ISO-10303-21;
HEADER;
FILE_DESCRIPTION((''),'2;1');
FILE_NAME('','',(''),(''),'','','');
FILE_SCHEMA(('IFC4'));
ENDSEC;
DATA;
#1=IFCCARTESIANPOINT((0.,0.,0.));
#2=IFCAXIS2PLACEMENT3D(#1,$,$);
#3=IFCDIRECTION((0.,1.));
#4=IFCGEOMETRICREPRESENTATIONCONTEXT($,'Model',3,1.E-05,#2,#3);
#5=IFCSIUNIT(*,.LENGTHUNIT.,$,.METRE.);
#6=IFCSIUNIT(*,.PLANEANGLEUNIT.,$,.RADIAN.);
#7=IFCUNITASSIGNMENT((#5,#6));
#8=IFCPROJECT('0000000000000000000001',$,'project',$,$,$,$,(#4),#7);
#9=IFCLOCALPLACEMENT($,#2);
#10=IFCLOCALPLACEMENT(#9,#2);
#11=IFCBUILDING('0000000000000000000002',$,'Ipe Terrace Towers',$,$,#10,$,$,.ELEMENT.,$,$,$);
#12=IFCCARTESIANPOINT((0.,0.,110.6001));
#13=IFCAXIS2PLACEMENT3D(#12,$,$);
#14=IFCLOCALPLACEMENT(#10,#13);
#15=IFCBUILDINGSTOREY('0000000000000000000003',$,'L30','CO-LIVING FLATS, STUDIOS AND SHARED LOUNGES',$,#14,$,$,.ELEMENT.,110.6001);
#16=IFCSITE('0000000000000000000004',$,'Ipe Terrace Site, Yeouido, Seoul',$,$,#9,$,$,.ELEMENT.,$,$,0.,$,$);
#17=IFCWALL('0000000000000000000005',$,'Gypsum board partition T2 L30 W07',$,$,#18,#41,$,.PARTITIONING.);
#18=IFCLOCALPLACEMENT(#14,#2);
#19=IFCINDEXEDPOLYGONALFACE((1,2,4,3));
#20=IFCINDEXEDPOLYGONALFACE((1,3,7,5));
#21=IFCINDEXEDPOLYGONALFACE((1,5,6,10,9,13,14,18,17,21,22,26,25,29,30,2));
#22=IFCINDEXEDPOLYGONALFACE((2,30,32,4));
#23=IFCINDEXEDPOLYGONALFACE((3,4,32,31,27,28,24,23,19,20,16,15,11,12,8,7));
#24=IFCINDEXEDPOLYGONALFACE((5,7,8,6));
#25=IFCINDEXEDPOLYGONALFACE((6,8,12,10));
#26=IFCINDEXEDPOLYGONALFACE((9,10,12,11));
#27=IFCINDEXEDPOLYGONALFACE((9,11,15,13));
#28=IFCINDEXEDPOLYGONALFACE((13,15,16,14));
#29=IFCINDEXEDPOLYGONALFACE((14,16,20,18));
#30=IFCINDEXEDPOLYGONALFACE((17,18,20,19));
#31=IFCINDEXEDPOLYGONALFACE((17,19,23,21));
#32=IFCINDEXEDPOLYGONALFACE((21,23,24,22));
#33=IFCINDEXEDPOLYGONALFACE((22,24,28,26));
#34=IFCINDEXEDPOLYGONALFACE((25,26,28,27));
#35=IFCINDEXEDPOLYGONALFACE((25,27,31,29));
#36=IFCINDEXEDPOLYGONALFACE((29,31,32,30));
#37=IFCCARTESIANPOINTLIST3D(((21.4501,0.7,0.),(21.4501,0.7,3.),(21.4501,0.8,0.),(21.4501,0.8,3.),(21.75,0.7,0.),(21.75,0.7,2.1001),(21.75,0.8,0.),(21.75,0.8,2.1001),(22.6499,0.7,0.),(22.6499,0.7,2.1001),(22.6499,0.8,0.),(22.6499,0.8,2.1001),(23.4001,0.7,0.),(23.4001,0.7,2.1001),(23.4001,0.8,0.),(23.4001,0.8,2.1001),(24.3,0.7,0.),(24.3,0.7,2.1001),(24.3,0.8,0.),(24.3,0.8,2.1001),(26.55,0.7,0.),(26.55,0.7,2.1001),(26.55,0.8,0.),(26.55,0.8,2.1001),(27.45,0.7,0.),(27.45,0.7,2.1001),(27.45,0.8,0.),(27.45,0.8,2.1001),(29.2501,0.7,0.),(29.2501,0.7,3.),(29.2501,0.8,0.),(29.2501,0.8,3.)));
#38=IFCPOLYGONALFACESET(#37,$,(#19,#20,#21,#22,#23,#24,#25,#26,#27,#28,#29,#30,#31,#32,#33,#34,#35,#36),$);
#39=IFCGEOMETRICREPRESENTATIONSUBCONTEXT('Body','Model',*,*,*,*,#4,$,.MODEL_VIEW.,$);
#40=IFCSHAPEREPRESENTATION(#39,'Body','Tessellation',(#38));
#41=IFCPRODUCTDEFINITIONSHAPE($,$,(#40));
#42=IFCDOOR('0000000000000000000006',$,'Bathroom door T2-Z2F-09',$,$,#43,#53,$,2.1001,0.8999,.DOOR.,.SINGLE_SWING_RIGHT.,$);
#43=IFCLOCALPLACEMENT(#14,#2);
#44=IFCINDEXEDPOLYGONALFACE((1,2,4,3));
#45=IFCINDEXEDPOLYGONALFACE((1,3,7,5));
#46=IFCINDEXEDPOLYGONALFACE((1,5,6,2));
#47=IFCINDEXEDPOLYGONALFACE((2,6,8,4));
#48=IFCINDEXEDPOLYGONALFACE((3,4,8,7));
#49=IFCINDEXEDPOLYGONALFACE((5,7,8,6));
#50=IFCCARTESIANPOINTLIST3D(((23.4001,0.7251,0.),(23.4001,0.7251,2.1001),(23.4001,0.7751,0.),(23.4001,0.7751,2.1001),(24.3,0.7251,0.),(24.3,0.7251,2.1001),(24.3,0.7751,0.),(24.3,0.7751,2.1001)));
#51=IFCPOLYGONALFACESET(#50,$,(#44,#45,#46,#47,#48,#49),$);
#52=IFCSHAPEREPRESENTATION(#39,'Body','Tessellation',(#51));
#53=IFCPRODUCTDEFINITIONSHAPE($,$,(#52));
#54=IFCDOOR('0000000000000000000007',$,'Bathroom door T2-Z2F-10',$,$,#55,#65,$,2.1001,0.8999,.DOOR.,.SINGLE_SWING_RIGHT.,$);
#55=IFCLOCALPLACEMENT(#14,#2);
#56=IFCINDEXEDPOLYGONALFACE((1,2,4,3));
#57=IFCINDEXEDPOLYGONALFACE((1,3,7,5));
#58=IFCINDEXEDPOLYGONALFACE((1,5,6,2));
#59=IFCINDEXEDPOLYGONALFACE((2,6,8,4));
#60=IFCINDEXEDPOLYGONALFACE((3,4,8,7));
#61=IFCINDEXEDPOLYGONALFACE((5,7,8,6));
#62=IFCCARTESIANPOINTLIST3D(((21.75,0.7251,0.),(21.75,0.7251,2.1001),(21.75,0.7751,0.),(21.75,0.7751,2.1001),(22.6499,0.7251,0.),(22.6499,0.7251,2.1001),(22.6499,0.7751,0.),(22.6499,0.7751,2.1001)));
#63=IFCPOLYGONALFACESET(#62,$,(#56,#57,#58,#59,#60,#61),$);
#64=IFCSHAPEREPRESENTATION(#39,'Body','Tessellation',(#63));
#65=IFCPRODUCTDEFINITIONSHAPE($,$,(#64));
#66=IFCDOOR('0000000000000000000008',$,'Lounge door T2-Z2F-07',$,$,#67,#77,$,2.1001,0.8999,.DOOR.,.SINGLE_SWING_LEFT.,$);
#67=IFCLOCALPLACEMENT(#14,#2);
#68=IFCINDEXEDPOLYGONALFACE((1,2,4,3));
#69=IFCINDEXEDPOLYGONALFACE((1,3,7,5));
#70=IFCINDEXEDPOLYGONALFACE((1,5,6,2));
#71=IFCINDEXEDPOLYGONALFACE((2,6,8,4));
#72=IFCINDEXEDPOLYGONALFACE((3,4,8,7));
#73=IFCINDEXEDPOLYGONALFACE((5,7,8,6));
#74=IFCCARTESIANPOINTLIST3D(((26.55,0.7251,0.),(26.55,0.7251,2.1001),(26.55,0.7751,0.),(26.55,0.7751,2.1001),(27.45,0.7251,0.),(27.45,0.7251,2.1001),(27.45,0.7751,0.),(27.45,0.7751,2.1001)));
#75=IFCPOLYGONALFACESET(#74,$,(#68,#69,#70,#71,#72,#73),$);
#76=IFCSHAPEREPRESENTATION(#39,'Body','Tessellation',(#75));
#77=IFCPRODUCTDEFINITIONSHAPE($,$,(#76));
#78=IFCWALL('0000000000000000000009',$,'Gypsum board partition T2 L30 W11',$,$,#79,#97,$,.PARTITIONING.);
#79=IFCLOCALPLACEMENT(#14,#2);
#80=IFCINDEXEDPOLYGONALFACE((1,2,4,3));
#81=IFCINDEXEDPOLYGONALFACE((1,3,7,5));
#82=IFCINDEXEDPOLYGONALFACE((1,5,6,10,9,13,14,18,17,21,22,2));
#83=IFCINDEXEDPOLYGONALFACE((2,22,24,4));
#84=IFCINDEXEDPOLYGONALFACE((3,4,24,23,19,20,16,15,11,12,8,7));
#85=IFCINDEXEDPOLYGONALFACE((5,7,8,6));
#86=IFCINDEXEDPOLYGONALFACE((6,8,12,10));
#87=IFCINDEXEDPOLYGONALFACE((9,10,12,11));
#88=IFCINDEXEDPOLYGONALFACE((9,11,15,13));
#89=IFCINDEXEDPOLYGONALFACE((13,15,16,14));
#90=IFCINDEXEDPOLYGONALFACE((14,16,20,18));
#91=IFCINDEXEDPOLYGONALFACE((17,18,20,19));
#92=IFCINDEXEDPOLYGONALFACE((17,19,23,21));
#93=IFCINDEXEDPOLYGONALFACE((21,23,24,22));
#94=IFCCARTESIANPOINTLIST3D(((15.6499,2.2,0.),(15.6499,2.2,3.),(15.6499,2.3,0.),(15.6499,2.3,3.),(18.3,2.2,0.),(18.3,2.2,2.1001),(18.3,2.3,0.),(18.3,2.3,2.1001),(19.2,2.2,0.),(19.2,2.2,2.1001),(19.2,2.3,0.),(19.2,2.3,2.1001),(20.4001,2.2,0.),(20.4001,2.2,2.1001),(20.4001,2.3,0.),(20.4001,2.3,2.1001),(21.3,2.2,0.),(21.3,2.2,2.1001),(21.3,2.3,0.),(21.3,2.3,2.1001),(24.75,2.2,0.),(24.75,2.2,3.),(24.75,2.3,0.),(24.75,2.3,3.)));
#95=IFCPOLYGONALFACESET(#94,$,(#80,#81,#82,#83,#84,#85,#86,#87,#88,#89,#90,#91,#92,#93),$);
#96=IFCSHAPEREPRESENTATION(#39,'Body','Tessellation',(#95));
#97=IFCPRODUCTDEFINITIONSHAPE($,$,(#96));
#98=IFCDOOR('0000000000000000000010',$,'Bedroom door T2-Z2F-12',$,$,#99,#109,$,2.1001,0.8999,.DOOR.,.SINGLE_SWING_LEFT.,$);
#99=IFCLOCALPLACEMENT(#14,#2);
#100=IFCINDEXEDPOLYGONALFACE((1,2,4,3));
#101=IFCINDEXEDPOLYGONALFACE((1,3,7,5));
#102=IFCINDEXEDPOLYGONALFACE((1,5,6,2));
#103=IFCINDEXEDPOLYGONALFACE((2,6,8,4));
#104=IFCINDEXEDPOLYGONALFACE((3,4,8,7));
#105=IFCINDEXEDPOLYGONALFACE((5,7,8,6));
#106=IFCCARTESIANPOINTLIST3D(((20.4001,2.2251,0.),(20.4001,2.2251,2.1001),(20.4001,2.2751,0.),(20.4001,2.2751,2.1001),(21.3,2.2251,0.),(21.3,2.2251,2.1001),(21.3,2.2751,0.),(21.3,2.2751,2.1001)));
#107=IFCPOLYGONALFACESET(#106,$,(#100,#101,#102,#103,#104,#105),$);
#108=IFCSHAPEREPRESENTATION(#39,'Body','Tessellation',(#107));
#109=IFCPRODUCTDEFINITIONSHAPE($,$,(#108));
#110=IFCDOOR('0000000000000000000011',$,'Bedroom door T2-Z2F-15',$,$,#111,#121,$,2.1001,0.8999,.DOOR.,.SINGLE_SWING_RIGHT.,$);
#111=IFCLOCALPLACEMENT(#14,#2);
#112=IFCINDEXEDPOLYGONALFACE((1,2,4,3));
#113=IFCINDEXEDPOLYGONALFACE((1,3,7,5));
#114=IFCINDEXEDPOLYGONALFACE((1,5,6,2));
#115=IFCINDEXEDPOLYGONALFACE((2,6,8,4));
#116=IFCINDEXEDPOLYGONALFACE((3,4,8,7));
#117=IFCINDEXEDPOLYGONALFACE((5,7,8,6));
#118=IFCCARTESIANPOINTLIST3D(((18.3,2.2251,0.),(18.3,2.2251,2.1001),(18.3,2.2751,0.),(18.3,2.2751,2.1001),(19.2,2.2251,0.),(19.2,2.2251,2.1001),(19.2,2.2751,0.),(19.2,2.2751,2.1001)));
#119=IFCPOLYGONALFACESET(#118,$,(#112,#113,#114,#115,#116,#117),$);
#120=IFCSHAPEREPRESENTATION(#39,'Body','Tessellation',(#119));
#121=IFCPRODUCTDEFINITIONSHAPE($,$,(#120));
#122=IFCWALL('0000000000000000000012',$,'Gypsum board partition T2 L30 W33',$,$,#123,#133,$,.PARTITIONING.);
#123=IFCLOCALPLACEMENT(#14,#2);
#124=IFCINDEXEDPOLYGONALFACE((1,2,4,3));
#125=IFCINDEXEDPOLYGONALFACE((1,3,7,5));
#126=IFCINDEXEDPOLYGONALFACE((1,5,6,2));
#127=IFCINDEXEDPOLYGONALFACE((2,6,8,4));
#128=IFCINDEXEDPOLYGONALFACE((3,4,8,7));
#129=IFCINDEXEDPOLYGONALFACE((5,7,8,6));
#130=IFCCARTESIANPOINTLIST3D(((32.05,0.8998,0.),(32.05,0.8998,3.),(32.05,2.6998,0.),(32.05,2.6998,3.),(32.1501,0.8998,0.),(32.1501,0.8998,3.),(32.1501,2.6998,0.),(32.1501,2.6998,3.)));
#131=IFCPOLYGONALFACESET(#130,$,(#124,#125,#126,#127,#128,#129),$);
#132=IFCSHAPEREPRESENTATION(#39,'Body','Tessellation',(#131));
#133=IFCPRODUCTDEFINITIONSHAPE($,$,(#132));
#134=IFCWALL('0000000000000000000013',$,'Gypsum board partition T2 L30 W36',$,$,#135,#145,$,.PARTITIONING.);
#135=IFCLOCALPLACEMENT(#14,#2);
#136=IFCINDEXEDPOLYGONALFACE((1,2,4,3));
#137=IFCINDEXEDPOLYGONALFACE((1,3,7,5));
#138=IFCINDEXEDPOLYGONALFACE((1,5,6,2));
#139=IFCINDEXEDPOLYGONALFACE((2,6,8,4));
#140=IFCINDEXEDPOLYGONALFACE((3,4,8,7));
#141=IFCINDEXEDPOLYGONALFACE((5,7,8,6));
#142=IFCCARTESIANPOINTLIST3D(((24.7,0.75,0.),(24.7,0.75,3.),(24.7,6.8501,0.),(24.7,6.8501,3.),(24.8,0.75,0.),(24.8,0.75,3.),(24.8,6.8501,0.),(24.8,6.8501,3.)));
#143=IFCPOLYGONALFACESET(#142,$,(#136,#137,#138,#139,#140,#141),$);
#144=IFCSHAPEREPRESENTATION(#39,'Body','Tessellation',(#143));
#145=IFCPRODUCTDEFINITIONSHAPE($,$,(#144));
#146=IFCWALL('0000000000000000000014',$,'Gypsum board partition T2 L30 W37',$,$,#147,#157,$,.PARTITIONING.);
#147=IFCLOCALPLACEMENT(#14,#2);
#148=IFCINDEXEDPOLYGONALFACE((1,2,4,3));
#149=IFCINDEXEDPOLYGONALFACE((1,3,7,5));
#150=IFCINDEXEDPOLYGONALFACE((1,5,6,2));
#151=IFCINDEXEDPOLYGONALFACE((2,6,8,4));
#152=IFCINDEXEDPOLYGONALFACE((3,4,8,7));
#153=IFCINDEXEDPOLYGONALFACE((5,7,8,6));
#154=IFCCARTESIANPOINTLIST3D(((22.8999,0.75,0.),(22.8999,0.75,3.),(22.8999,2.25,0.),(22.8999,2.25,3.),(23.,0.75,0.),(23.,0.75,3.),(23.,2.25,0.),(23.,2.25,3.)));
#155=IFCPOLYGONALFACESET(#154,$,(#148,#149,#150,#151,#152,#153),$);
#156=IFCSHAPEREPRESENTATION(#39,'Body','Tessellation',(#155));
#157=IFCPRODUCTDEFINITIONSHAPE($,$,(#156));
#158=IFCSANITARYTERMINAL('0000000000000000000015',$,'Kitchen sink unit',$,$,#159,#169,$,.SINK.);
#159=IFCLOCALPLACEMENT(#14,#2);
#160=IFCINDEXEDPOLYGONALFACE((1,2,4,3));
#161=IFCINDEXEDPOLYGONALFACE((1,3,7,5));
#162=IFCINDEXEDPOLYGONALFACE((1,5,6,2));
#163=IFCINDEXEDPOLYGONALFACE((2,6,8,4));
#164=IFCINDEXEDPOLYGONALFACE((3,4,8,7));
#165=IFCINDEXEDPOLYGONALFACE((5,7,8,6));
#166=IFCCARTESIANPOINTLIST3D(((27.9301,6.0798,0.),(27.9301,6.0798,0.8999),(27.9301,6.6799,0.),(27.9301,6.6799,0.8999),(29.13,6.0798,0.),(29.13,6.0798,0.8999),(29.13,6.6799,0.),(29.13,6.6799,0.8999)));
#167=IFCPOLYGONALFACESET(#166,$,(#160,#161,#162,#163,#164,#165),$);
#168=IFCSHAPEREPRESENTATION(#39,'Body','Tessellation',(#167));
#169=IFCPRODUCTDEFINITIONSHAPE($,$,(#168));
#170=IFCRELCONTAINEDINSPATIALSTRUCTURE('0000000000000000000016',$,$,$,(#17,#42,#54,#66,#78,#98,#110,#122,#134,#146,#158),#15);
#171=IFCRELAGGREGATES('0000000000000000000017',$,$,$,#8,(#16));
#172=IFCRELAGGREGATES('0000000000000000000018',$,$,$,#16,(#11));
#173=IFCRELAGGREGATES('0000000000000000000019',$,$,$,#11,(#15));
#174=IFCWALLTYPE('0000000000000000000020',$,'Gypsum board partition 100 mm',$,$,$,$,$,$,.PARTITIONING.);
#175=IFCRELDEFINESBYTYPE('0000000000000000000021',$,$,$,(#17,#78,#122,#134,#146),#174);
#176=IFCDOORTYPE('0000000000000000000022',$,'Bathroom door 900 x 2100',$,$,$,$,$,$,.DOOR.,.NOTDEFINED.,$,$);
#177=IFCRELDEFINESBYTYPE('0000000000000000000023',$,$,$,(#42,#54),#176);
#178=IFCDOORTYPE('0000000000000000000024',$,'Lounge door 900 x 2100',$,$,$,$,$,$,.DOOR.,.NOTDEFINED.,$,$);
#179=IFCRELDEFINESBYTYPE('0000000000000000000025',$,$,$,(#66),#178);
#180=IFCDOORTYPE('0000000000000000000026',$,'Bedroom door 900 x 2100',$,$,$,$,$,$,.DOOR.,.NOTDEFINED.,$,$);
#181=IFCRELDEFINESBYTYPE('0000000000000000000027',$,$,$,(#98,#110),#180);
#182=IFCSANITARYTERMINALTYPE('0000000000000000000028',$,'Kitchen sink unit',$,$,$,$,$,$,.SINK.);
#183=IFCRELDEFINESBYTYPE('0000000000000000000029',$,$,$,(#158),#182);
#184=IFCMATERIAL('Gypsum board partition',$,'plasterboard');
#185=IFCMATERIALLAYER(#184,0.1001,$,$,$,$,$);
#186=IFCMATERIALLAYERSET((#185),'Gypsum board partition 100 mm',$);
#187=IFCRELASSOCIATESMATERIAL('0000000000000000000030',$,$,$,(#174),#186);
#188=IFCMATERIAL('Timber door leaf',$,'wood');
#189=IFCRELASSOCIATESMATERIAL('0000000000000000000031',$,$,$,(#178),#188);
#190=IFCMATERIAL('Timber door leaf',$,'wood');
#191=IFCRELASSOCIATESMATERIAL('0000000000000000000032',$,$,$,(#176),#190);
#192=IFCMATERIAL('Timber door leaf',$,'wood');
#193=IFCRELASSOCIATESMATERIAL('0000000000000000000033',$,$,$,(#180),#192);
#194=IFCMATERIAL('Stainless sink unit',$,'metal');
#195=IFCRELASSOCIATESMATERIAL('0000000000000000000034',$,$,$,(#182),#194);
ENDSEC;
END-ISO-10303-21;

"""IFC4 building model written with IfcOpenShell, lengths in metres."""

from ifc_helpers import new_model, si_unit, direction, frame, frame_2d, origin, origin_2d, place, context, subcontext, project, spatial, rectangle, extrude, material, layer, layer_set, type_object, element, fill, save


model = new_model("IFC4")

# Units and contexts
model_context = context("Model", 3, precision=1e-05, world=origin(), true_north=direction((0.0, 1.0)))
body_context = subcontext(model_context, "Body", "Model", "MODEL_VIEW")
ifc_project = project(units=[si_unit("LENGTHUNIT", "METRE"), si_unit("PLANEANGLEUNIT", "RADIAN")], contexts=[model_context])

# Site, building, storey
site_placement = place(None, origin())
site = spatial("IfcSite", under=ifc_project, at=site_placement, Name="Ipe Terrace Site, Yeouido, Seoul", CompositionType="ELEMENT", RefElevation=0.0)
building_placement = place(site_placement, origin())
building = spatial("IfcBuilding", under=site, at=building_placement, Name="Ipe Terrace Towers", CompositionType="ELEMENT")
storey_placement = place(building_placement, frame((0.0, 0.0, 110.6001)))
storey = spatial("IfcBuildingStorey", under=building, at=storey_placement, Name="L30", Description="CO-LIVING FLATS, STUDIOS AND SHARED LOUNGES", CompositionType="ELEMENT", Elevation=110.6001)

# Shared definitions
ifc_material_1 = material(Name="Gypsum board partition", Category="plasterboard")
ifc_layer = layer(ifc_material_1, 0.1001)
ifc_layer_set = layer_set([ifc_layer], Name="Gypsum board partition 100 mm")
wall_type = type_object("IfcWallType", Name="Gypsum board partition 100 mm", PredefinedType="PARTITIONING", material=ifc_layer_set)
ifc_material_2 = material(Name="Timber door leaf", Category="wood")
door_type_1 = type_object("IfcDoorType", Name="Lounge door 900 x 2100", OperationType="NOTDEFINED", PredefinedType="DOOR", material=ifc_material_2)

# Walls, openings, doors
wall_1_placement = place(storey_placement, frame((29.25, 0.75, 0.0), z_axis=(0.0, 0.0, 1.0), x_axis=(-1.0, 0.0, 0.0)))
wall_1 = element("IfcWall", 1, at=wall_1_placement, inside=storey, type_object=wall_type, Name="Gypsum board partition T2 L30 W07", PredefinedType="PARTITIONING", context=body_context, shape_type="SweptSolid", body=[
    extrude(rectangle(XDim=7.8, YDim=0.1001, at=frame_2d((3.8999, 0.0))), origin(), (0.0, 0.0, 1.0), 3.0),
])
opening_1_placement = place(wall_1_placement, frame((1.8, 0.0, 0.0)))
opening_1 = element("IfcOpeningElement", 2, at=opening_1_placement, cuts=wall_1, PredefinedType="OPENING", context=body_context, shape_type="SweptSolid", body=[
    extrude(rectangle(XDim=0.8999, YDim=2.1001, at=frame_2d((0.45, 1.05))), frame((0.0, 0.0601, 0.0), z_axis=(0.0, -1.0, 0.0), x_axis=(1.0, 0.0, 0.0)), (0.0, 0.0, 1.0), 0.1201),
])
opening_2_placement = place(wall_1_placement, frame((4.95, 0.0, 0.0)))
opening_2 = element("IfcOpeningElement", 3, at=opening_2_placement, cuts=wall_1, PredefinedType="OPENING", context=body_context, shape_type="SweptSolid", body=[
    extrude(rectangle(XDim=0.8999, YDim=2.1001, at=frame_2d((0.45, 1.05))), frame((0.0, 0.0601, 0.0), z_axis=(0.0, -1.0, 0.0), x_axis=(1.0, 0.0, 0.0)), (0.0, 0.0, 1.0), 0.1201),
])
opening_3_placement = place(wall_1_placement, frame((6.6001, 0.0, 0.0)))
opening_3 = element("IfcOpeningElement", 4, at=opening_3_placement, cuts=wall_1, PredefinedType="OPENING", context=body_context, shape_type="SweptSolid", body=[
    extrude(rectangle(XDim=0.8999, YDim=2.1001, at=frame_2d((0.45, 1.05))), frame((0.0, 0.0601, 0.0), z_axis=(0.0, -1.0, 0.0), x_axis=(1.0, 0.0, 0.0)), (0.0, 0.0, 1.0), 0.1201),
])
ifc_material_3 = material(Name="Timber door leaf", Category="wood")
door_type_2 = type_object("IfcDoorType", Name="Bathroom door 900 x 2100", OperationType="NOTDEFINED", PredefinedType="DOOR", material=ifc_material_3)
door_1_placement = place(opening_2_placement, origin())
door_1 = element("IfcDoor", 5, at=door_1_placement, inside=storey, type_object=door_type_2, Name="Bathroom door T2-Z2F-09", OperationType="SINGLE_SWING_RIGHT", OverallHeight=2.1001, OverallWidth=0.8999, PredefinedType="DOOR", context=body_context, shape_type="SweptSolid", body=[
    extrude(rectangle(XDim=0.8999, YDim=2.1001, at=frame_2d((0.45, 1.05))), frame((0.0, 0.0249, 0.0), z_axis=(0.0, -1.0, 0.0), x_axis=(1.0, 0.0, 0.0)), (0.0, 0.0, 1.0), 0.05),
])
fill(opening_2, door_1)
door_2_placement = place(opening_3_placement, origin())
door_2 = element("IfcDoor", 6, at=door_2_placement, inside=storey, type_object=door_type_2, Name="Bathroom door T2-Z2F-10", OperationType="SINGLE_SWING_RIGHT", OverallHeight=2.1001, OverallWidth=0.8999, PredefinedType="DOOR", context=body_context, shape_type="SweptSolid", body=[
    extrude(rectangle(XDim=0.8999, YDim=2.1001, at=frame_2d((0.45, 1.05))), frame((0.0, 0.0249, 0.0), z_axis=(0.0, -1.0, 0.0), x_axis=(1.0, 0.0, 0.0)), (0.0, 0.0, 1.0), 0.05),
])
fill(opening_3, door_2)
door_3_placement = place(opening_1_placement, origin())
door_3 = element("IfcDoor", 7, at=door_3_placement, inside=storey, type_object=door_type_1, Name="Lounge door T2-Z2F-07", OperationType="SINGLE_SWING_LEFT", OverallHeight=2.1001, OverallWidth=0.8999, PredefinedType="DOOR", context=body_context, shape_type="SweptSolid", body=[
    extrude(rectangle(XDim=0.8999, YDim=2.1001, at=frame_2d((0.45, 1.05))), frame((0.0, 0.0249, 0.0), z_axis=(0.0, -1.0, 0.0), x_axis=(1.0, 0.0, 0.0)), (0.0, 0.0, 1.0), 0.05),
])
fill(opening_1, door_3)
wall_2_placement = place(storey_placement, frame((24.75, 2.25, 0.0), z_axis=(0.0, 0.0, 1.0), x_axis=(-1.0, 0.0, 0.0)))
wall_2 = element("IfcWall", 8, at=wall_2_placement, inside=storey, type_object=wall_type, Name="Gypsum board partition T2 L30 W11", PredefinedType="PARTITIONING", context=body_context, shape_type="SweptSolid", body=[
    extrude(rectangle(XDim=9.1001, YDim=0.1001, at=frame_2d((4.55, 0.0))), origin(), (0.0, 0.0, 1.0), 3.0),
])
opening_4_placement = place(wall_2_placement, frame((3.45, 0.0, 0.0)))
opening_4 = element("IfcOpeningElement", 9, at=opening_4_placement, cuts=wall_2, PredefinedType="OPENING", context=body_context, shape_type="SweptSolid", body=[
    extrude(rectangle(XDim=0.8999, YDim=2.1001, at=frame_2d((0.45, 1.05))), frame((0.0, 0.0601, 0.0), z_axis=(0.0, -1.0, 0.0), x_axis=(1.0, 0.0, 0.0)), (0.0, 0.0, 1.0), 0.1201),
])
opening_5_placement = place(wall_2_placement, frame((5.55, 0.0, 0.0)))
opening_5 = element("IfcOpeningElement", 10, at=opening_5_placement, cuts=wall_2, PredefinedType="OPENING", context=body_context, shape_type="SweptSolid", body=[
    extrude(rectangle(XDim=0.8999, YDim=2.1001, at=frame_2d((0.45, 1.05))), frame((0.0, 0.0601, 0.0), z_axis=(0.0, -1.0, 0.0), x_axis=(1.0, 0.0, 0.0)), (0.0, 0.0, 1.0), 0.1201),
])
ifc_material_4 = material(Name="Timber door leaf", Category="wood")
door_type_3 = type_object("IfcDoorType", Name="Bedroom door 900 x 2100", OperationType="NOTDEFINED", PredefinedType="DOOR", material=ifc_material_4)
door_4_placement = place(opening_4_placement, origin())
door_4 = element("IfcDoor", 11, at=door_4_placement, inside=storey, type_object=door_type_3, Name="Bedroom door T2-Z2F-12", OperationType="SINGLE_SWING_LEFT", OverallHeight=2.1001, OverallWidth=0.8999, PredefinedType="DOOR", context=body_context, shape_type="SweptSolid", body=[
    extrude(rectangle(XDim=0.8999, YDim=2.1001, at=frame_2d((0.45, 1.05))), frame((0.0, 0.0249, 0.0), z_axis=(0.0, -1.0, 0.0), x_axis=(1.0, 0.0, 0.0)), (0.0, 0.0, 1.0), 0.05),
])
fill(opening_4, door_4)
door_5_placement = place(opening_5_placement, origin())
door_5 = element("IfcDoor", 12, at=door_5_placement, inside=storey, type_object=door_type_3, Name="Bedroom door T2-Z2F-15", OperationType="SINGLE_SWING_RIGHT", OverallHeight=2.1001, OverallWidth=0.8999, PredefinedType="DOOR", context=body_context, shape_type="SweptSolid", body=[
    extrude(rectangle(XDim=0.8999, YDim=2.1001, at=frame_2d((0.45, 1.05))), frame((0.0, 0.0249, 0.0), z_axis=(0.0, -1.0, 0.0), x_axis=(1.0, 0.0, 0.0)), (0.0, 0.0, 1.0), 0.05),
])
fill(opening_5, door_5)

# Walls
wall_3_placement = place(storey_placement, frame((32.1001, 0.8999, 0.0), z_axis=(0.0, 0.0, 1.0), x_axis=(0.0, 1.0, 0.0)))
element("IfcWall", 13, at=wall_3_placement, inside=storey, type_object=wall_type, Name="Gypsum board partition T2 L30 W33", PredefinedType="PARTITIONING", context=body_context, shape_type="SweptSolid", body=[
    extrude(rectangle(XDim=1.8, YDim=0.1001, at=frame_2d((0.8999, 0.0))), origin(), (0.0, 0.0, 1.0), 3.0),
])
wall_4_placement = place(storey_placement, frame((24.75, 0.75, 0.0), z_axis=(0.0, 0.0, 1.0), x_axis=(0.0, 1.0, 0.0)))
element("IfcWall", 14, at=wall_4_placement, inside=storey, type_object=wall_type, Name="Gypsum board partition T2 L30 W36", PredefinedType="PARTITIONING", context=body_context, shape_type="SweptSolid", body=[
    extrude(rectangle(XDim=6.1001, YDim=0.1001, at=frame_2d((3.05, 0.0))), origin(), (0.0, 0.0, 1.0), 3.0),
])
wall_5_placement = place(storey_placement, frame((22.95, 0.75, 0.0), z_axis=(0.0, 0.0, 1.0), x_axis=(0.0, 1.0, 0.0)))
element("IfcWall", 15, at=wall_5_placement, inside=storey, type_object=wall_type, Name="Gypsum board partition T2 L30 W37", PredefinedType="PARTITIONING", context=body_context, shape_type="SweptSolid", body=[
    extrude(rectangle(XDim=1.5, YDim=0.1001, at=frame_2d((0.75, 0.0))), origin(), (0.0, 0.0, 1.0), 3.0),
])

# Sanitary terminal
ifc_material_5 = material(Name="Stainless sink unit", Category="metal")
sanitary_terminal_type_1 = type_object("IfcSanitaryTerminalType", Name="Kitchen sink unit", PredefinedType="SINK", material=ifc_material_5)
sanitary_terminal_1_placement = place(storey_placement, frame((28.53, 6.3799, 0.0), z_axis=(0.0, 0.0, 1.0), x_axis=(1.0, 0.0, 0.0)))
element("IfcSanitaryTerminal", 16, at=sanitary_terminal_1_placement, inside=storey, type_object=sanitary_terminal_type_1, Name="Kitchen sink unit", PredefinedType="SINK", context=body_context, shape_type="SweptSolid", body=[
    extrude(rectangle(XDim=1.2, YDim=0.6001, at=origin_2d()), origin(), (0.0, 0.0, 1.0), 0.8999),
])

save(model, "model.ifc")
